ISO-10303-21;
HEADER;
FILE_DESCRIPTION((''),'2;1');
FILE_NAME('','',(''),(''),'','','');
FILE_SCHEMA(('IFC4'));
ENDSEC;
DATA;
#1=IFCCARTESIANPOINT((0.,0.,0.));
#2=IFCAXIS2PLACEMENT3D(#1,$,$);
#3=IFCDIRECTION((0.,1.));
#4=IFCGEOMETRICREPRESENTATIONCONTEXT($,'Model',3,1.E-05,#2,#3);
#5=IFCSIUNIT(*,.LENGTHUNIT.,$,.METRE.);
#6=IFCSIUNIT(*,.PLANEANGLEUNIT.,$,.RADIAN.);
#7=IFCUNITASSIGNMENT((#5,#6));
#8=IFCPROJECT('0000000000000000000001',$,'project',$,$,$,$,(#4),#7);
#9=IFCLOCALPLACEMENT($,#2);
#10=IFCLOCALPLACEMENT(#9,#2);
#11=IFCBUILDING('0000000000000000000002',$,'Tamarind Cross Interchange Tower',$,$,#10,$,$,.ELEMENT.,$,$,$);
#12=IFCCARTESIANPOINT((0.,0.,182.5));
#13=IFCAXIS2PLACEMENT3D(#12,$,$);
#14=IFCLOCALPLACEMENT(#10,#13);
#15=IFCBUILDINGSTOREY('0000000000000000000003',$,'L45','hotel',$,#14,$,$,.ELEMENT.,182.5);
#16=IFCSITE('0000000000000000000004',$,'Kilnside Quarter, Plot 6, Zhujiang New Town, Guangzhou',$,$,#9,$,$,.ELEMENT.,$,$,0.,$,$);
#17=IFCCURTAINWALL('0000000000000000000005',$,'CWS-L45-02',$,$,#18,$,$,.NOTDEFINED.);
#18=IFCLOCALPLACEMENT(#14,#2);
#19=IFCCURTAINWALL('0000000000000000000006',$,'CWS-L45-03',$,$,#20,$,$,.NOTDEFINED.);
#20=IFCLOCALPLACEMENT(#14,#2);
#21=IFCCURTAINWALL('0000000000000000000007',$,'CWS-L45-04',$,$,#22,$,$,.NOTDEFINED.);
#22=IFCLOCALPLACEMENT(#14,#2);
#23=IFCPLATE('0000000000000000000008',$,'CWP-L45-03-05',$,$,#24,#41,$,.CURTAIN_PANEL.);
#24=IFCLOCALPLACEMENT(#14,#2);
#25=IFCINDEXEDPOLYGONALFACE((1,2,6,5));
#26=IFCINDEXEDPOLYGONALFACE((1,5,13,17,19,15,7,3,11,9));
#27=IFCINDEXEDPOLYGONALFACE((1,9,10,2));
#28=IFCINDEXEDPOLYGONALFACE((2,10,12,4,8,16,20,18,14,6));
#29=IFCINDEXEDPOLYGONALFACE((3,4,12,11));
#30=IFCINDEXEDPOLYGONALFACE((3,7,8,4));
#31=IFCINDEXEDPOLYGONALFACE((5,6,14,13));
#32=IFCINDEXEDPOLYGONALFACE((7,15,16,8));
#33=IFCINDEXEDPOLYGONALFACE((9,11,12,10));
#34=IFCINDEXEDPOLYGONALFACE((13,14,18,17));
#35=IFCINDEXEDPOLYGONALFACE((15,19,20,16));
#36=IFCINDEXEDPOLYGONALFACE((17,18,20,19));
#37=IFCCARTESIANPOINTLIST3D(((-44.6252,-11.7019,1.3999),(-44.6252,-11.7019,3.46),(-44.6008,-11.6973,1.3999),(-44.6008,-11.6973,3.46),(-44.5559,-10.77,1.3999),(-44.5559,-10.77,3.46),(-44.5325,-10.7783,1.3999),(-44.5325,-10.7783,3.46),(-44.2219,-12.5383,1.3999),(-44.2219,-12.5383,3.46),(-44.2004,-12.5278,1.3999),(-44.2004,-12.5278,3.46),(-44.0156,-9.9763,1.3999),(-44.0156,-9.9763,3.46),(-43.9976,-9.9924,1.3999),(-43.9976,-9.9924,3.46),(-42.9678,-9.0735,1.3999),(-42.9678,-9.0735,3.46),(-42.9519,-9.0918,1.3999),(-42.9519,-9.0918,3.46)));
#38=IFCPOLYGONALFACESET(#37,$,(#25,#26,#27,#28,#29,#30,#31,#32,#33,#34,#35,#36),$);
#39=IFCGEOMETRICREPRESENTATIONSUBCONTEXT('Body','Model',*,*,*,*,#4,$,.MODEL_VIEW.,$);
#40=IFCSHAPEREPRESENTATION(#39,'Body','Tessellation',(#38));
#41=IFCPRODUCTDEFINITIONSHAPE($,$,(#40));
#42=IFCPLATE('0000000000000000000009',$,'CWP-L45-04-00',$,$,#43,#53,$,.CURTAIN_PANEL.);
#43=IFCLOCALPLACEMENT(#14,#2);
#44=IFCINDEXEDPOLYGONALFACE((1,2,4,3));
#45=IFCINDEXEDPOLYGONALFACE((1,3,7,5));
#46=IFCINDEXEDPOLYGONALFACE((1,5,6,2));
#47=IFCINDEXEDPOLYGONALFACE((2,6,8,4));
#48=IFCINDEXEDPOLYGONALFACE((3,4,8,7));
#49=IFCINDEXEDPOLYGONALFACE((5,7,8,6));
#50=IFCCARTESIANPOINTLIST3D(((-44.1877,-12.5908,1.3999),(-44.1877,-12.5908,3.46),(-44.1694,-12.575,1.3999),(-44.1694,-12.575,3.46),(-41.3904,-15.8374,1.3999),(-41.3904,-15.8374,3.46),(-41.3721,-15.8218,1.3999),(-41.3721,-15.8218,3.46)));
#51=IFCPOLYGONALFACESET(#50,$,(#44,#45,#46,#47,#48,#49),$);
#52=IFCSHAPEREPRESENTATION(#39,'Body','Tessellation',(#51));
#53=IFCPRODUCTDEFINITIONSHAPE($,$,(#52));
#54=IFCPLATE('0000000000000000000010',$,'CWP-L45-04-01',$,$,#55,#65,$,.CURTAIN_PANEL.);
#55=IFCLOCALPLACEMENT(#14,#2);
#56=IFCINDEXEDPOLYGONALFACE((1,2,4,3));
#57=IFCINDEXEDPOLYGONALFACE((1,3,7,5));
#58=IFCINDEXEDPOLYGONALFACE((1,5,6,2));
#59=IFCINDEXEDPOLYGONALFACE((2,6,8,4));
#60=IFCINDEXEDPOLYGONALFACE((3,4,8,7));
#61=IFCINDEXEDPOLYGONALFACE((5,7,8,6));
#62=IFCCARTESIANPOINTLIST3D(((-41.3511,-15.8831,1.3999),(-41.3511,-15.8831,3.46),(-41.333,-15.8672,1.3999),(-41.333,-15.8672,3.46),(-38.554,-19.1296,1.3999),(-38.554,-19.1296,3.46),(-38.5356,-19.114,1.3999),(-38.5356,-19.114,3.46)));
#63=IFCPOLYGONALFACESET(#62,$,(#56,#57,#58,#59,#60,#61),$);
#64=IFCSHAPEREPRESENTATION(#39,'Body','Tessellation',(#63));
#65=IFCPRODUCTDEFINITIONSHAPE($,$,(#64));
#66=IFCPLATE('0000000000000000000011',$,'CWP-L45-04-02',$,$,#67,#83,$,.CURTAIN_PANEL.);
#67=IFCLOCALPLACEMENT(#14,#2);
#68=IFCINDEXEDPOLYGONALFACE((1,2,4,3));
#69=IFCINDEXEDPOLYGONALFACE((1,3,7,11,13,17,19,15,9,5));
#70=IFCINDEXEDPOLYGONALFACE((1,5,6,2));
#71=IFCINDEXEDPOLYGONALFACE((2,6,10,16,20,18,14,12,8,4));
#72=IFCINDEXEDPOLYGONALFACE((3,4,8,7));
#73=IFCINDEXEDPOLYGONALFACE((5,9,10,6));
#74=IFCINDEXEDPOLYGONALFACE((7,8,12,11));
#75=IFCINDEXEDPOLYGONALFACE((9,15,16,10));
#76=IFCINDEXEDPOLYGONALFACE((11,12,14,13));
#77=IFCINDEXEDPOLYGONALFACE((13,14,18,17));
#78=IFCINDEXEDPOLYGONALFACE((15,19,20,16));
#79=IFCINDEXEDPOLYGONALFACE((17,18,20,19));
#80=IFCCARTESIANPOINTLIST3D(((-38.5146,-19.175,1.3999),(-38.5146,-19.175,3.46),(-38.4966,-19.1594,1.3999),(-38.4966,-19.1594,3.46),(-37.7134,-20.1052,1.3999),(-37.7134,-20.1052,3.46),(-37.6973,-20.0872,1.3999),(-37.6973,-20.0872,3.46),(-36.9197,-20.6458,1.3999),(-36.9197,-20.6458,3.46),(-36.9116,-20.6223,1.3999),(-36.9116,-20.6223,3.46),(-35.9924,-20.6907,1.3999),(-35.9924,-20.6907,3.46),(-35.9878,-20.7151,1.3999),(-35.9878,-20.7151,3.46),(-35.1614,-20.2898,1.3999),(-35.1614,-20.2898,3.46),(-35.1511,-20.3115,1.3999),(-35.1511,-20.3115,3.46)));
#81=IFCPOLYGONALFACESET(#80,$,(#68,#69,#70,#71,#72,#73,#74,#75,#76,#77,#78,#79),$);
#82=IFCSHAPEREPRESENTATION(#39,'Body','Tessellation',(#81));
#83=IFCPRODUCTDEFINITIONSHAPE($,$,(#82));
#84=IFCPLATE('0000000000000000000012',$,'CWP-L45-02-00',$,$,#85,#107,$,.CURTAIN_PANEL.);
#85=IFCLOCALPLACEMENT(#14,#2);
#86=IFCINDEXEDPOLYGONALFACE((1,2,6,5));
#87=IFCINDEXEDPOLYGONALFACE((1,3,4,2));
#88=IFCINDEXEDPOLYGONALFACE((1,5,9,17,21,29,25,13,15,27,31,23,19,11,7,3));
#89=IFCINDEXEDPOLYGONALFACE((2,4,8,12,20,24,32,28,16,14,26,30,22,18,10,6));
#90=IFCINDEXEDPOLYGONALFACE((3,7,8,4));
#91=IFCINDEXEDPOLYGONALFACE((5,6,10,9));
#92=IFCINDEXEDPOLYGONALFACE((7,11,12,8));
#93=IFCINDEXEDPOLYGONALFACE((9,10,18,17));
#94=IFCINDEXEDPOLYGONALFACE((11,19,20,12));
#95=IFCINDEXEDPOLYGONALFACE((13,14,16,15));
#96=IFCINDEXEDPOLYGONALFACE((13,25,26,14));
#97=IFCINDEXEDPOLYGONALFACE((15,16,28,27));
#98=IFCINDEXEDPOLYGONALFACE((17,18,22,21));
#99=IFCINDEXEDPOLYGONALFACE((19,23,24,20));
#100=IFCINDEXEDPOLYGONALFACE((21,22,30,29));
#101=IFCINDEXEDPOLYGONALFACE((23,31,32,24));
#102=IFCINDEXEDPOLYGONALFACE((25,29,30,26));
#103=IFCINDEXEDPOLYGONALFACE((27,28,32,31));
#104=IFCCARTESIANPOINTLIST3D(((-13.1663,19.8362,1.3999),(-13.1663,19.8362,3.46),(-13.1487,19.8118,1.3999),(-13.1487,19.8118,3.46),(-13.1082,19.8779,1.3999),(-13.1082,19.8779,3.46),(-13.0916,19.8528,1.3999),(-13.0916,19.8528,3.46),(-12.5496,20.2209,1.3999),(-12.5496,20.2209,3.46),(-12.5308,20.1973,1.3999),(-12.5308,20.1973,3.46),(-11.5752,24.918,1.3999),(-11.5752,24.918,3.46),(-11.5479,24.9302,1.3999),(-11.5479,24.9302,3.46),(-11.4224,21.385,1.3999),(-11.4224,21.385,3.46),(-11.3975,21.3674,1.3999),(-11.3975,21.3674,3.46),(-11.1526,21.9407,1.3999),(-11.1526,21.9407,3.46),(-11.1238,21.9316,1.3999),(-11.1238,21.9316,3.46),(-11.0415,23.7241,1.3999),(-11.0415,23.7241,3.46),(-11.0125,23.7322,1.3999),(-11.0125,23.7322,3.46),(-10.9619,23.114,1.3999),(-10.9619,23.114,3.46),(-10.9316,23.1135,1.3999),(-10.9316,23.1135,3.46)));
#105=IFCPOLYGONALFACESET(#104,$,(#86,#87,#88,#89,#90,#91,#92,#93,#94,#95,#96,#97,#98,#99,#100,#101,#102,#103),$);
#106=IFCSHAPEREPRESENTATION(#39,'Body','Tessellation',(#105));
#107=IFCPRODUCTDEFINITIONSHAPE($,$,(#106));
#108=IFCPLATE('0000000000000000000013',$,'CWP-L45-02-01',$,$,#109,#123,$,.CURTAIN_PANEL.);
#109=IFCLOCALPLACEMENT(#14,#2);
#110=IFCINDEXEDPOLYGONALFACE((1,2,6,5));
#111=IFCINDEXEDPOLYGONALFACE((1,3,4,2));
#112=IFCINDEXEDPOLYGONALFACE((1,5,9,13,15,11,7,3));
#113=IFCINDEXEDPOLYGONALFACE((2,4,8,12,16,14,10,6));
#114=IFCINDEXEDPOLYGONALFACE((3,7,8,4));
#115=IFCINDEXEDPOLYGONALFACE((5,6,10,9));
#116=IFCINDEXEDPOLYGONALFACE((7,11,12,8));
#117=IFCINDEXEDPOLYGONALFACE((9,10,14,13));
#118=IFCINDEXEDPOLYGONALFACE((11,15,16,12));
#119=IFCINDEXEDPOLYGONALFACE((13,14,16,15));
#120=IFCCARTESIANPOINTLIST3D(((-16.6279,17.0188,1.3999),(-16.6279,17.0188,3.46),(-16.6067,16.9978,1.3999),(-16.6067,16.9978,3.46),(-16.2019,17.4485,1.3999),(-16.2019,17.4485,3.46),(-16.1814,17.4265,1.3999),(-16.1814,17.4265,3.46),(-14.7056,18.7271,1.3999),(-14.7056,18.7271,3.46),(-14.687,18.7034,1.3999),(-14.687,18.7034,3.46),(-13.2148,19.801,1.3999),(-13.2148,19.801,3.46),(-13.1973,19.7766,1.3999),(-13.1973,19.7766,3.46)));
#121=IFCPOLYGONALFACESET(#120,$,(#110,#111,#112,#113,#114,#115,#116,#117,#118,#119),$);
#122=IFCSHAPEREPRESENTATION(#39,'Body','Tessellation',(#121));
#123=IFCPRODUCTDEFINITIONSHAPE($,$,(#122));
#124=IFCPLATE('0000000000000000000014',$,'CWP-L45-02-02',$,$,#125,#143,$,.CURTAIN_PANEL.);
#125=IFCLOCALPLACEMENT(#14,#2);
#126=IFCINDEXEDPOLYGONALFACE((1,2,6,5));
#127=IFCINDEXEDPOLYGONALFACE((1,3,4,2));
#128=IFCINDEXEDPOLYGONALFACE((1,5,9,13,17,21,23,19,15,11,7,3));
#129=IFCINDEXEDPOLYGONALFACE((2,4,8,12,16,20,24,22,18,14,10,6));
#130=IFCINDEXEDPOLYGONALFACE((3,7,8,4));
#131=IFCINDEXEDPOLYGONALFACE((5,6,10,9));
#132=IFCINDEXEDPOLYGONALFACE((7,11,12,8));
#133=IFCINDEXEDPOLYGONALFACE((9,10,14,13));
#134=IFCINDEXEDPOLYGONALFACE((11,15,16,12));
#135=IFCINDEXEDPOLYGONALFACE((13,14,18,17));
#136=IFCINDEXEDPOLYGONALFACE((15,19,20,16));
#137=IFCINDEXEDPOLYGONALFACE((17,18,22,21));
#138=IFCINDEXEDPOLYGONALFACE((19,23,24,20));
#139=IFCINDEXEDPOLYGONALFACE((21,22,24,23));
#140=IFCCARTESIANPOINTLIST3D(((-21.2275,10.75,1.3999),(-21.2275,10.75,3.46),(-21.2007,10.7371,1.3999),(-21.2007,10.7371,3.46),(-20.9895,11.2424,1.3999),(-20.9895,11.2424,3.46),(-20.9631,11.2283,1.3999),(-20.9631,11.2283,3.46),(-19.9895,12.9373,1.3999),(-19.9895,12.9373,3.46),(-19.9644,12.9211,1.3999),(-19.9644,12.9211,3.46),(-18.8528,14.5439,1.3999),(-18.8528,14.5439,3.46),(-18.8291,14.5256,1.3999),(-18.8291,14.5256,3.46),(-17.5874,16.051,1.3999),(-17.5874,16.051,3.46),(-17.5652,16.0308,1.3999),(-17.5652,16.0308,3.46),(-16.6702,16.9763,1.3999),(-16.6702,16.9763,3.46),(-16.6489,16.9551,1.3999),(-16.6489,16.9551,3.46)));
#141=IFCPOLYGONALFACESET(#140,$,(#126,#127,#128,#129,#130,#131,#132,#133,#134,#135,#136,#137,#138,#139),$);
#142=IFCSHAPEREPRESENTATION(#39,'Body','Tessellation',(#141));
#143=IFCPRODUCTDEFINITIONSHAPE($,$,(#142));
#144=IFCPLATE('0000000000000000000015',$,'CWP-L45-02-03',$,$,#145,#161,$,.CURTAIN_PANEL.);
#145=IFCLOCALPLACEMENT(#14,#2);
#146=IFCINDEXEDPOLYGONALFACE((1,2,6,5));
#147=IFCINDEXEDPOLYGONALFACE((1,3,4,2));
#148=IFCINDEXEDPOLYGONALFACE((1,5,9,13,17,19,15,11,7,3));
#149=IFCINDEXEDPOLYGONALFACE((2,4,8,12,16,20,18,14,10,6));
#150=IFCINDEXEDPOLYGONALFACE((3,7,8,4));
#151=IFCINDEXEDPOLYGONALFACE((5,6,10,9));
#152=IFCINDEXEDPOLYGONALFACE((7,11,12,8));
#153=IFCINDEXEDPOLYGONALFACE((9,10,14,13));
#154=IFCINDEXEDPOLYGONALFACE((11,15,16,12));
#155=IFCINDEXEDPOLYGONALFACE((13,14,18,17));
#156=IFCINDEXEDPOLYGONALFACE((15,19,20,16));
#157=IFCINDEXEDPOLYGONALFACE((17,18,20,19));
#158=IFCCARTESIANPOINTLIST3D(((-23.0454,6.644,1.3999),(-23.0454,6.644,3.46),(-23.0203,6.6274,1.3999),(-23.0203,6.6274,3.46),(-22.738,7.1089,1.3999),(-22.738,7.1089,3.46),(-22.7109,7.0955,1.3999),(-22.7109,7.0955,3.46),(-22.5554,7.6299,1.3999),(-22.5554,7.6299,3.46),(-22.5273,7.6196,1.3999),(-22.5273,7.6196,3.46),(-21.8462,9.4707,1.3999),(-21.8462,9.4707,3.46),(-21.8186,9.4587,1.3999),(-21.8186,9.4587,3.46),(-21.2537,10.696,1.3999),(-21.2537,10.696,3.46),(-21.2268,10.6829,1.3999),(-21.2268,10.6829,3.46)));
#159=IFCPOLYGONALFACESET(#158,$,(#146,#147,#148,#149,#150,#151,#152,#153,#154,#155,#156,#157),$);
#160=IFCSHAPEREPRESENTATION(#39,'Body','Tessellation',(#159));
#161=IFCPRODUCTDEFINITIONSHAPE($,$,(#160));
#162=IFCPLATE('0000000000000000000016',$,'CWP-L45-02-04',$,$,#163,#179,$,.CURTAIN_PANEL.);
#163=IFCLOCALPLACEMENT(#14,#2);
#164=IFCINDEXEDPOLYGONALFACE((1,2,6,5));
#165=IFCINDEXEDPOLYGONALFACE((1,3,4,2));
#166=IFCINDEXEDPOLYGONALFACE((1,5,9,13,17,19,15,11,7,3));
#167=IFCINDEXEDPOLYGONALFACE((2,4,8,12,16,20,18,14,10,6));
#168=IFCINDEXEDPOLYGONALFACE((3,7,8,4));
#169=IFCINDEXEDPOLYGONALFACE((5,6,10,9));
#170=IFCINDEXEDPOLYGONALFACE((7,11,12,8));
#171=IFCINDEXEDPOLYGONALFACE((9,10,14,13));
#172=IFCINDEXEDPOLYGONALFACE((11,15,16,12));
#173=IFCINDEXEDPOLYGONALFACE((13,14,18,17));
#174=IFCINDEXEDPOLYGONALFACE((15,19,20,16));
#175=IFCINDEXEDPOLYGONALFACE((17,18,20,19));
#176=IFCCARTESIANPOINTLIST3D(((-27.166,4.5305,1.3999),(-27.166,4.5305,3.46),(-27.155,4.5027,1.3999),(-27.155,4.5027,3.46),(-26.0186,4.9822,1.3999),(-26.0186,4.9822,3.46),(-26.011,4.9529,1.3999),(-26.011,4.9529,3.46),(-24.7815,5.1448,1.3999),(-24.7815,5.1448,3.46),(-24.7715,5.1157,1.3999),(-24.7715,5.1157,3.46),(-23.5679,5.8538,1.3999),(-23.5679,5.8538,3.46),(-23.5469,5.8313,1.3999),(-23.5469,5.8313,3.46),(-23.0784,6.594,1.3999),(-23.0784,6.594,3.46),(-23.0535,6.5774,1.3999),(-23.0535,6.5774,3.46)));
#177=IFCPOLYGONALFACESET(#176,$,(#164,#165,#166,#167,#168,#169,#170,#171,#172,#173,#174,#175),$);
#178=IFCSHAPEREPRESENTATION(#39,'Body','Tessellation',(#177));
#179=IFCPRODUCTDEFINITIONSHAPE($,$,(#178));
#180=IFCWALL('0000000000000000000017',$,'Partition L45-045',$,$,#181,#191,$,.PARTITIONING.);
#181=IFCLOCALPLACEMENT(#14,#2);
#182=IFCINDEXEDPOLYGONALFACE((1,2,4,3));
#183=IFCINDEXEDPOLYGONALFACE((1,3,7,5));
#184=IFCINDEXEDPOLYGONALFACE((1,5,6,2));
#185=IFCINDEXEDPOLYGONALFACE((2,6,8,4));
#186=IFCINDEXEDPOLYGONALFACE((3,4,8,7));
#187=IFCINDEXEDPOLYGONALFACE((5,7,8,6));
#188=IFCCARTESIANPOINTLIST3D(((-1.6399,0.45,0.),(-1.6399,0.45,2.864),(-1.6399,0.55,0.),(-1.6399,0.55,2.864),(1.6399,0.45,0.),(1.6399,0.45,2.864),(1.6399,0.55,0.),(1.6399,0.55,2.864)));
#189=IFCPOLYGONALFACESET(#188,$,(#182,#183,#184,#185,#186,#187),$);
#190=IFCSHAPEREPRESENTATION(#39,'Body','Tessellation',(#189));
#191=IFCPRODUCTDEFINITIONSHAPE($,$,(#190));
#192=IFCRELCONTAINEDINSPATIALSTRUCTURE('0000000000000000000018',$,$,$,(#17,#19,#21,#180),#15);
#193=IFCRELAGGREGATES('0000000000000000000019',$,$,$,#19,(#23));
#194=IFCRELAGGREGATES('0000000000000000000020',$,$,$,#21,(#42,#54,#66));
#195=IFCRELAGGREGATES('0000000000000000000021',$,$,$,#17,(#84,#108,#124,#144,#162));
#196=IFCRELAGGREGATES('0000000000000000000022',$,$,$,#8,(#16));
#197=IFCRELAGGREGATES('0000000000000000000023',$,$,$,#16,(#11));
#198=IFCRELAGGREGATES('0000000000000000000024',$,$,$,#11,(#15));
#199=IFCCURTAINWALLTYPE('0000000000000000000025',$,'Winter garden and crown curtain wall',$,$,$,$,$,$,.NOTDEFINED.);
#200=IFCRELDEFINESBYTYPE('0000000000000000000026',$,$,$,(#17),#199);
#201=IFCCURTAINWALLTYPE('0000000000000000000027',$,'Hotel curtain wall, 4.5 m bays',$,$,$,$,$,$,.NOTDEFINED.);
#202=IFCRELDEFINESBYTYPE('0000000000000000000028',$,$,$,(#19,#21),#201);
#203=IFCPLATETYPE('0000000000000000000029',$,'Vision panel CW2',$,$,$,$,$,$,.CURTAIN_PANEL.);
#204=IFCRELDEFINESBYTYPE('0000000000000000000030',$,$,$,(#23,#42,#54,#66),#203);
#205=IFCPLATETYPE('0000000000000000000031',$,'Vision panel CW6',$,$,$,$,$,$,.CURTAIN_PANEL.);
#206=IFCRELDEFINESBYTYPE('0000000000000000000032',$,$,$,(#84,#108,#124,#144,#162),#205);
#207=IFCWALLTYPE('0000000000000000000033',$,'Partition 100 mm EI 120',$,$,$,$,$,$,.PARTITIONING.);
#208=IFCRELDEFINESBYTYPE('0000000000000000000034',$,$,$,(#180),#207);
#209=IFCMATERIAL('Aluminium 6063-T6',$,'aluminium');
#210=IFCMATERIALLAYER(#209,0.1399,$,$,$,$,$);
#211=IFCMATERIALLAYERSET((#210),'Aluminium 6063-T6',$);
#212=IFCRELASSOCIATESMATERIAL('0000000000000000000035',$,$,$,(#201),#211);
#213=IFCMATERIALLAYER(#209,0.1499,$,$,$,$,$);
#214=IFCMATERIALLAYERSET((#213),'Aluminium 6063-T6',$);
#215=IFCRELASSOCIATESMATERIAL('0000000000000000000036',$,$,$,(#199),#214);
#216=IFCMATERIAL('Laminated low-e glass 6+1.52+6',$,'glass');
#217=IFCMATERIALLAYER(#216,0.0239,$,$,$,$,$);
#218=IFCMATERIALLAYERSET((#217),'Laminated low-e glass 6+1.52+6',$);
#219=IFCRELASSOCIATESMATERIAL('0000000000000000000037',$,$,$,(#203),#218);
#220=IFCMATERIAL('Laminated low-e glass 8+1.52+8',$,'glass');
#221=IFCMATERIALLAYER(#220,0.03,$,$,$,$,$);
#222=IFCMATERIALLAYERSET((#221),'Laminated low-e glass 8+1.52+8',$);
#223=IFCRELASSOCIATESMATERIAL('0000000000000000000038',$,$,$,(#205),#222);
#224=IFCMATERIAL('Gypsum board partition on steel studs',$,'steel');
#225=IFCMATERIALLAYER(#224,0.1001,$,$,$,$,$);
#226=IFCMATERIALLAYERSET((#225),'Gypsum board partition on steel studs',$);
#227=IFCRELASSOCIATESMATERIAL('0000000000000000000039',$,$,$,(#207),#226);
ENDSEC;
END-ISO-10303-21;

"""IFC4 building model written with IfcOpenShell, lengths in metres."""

from ifc_helpers import new_model, si_unit, direction, frame, frame_2d, origin, place, context, subcontext, project, spatial, polyline, rectangle, outline, extrude, material, layer, layer_set, type_object, element, aggregate, save


model = new_model("IFC4")

# Units and contexts
model_context = context("Model", 3, precision=1e-05, world=origin(), true_north=direction((0.0, 1.0)))
body_context = subcontext(model_context, "Body", "Model", "MODEL_VIEW")
ifc_project = project(units=[si_unit("LENGTHUNIT", "METRE"), si_unit("PLANEANGLEUNIT", "RADIAN")], contexts=[model_context])

# Site, building, storey
site_placement = place(None, origin())
site = spatial("IfcSite", under=ifc_project, at=site_placement, Name="Kilnside Quarter, Plot 6, Zhujiang New Town, Guangzhou", CompositionType="ELEMENT", RefElevation=0.0)
building_placement = place(site_placement, origin())
building = spatial("IfcBuilding", under=site, at=building_placement, Name="Tamarind Cross Interchange Tower", CompositionType="ELEMENT")
storey_placement = place(building_placement, frame((0.0, 0.0, 182.5)))
storey = spatial("IfcBuildingStorey", under=building, at=storey_placement, Name="L45", Description="hotel", CompositionType="ELEMENT", Elevation=182.5)

# Curtain walls
ifc_material_1 = material(Name="Aluminium 6063-T6", Category="aluminium")
ifc_layer_1 = layer(ifc_material_1, 0.1399)
ifc_layer_set_1 = layer_set([ifc_layer_1], Name="Aluminium 6063-T6")
curtain_wall_type_1 = type_object("IfcCurtainWallType", Name="Hotel curtain wall, 4.5 m bays", PredefinedType="NOTDEFINED", material=ifc_layer_set_1)
ifc_layer_2 = layer(ifc_material_1, 0.1499)
ifc_layer_set_2 = layer_set([ifc_layer_2], Name="Aluminium 6063-T6")
curtain_wall_type_2 = type_object("IfcCurtainWallType", Name="Winter garden and crown curtain wall", PredefinedType="NOTDEFINED", material=ifc_layer_set_2)
curtain_wall_1_placement = place(storey_placement, origin())
curtain_wall_1 = element("IfcCurtainWall", 1, at=curtain_wall_1_placement, inside=storey, type_object=curtain_wall_type_2, Name="CWS-L45-02", PredefinedType="NOTDEFINED")
curtain_wall_2_placement = place(storey_placement, origin())
curtain_wall_2 = element("IfcCurtainWall", 2, at=curtain_wall_2_placement, inside=storey, type_object=curtain_wall_type_1, Name="CWS-L45-03", PredefinedType="NOTDEFINED")
curtain_wall_3_placement = place(storey_placement, origin())
curtain_wall_3 = element("IfcCurtainWall", 3, at=curtain_wall_3_placement, inside=storey, type_object=curtain_wall_type_1, Name="CWS-L45-04", PredefinedType="NOTDEFINED")

# Plates
ifc_material_2 = material(Name="Laminated low-e glass 6+1.52+6", Category="glass")
ifc_layer_3 = layer(ifc_material_2, 0.0239)
ifc_layer_set_3 = layer_set([ifc_layer_3], Name="Laminated low-e glass 6+1.52+6")
plate_type_1 = type_object("IfcPlateType", Name="Vision panel CW2", PredefinedType="CURTAIN_PANEL", material=ifc_layer_set_3)
plate_1_placement = place(storey_placement, frame((0.0, 0.0, 1.3999)))
plate_1 = element("IfcPlate", 4, at=plate_1_placement, type_object=plate_type_1, Name="CWP-L45-03-05", PredefinedType="CURTAIN_PANEL", context=body_context, shape_type="SweptSolid", body=[
    extrude(outline(polyline([(-42.9519, -9.0918), (-43.9976, -9.9924), (-44.5325, -10.7783), (-44.6008, -11.6973), (-44.2004, -12.5278), (-44.2219, -12.5383), (-44.6252, -11.7019), (-44.5559, -10.77), (-44.0156, -9.9763), (-42.9678, -9.0735), (-42.9519, -9.0918)])), origin(), (0.0, 0.0, 1.0), 2.0601),
])
aggregate(curtain_wall_2, [plate_1])
plate_2_placement = place(storey_placement, frame((0.0, 0.0, 1.3999)))
plate_2 = element("IfcPlate", 5, at=plate_2_placement, type_object=plate_type_1, Name="CWP-L45-04-00", PredefinedType="CURTAIN_PANEL", context=body_context, shape_type="SweptSolid", body=[
    extrude(outline(polyline([(-44.1694, -12.575), (-41.3721, -15.8218), (-41.3904, -15.8374), (-44.1877, -12.5908), (-44.1694, -12.575)])), origin(), (0.0, 0.0, 1.0), 2.0601),
])
plate_3_placement = place(storey_placement, frame((0.0, 0.0, 1.3999)))
plate_3 = element("IfcPlate", 6, at=plate_3_placement, type_object=plate_type_1, Name="CWP-L45-04-01", PredefinedType="CURTAIN_PANEL", context=body_context, shape_type="SweptSolid", body=[
    extrude(outline(polyline([(-41.333, -15.8672), (-38.5356, -19.114), (-38.554, -19.1296), (-41.3511, -15.8831), (-41.333, -15.8672)])), origin(), (0.0, 0.0, 1.0), 2.0601),
])
plate_4_placement = place(storey_placement, frame((0.0, 0.0, 1.3999)))
plate_4 = element("IfcPlate", 7, at=plate_4_placement, type_object=plate_type_1, Name="CWP-L45-04-02", PredefinedType="CURTAIN_PANEL", context=body_context, shape_type="SweptSolid", body=[
    extrude(outline(polyline([(-38.4966, -19.1594), (-37.6973, -20.0872), (-36.9116, -20.6223), (-35.9924, -20.6907), (-35.1614, -20.2898), (-35.1511, -20.3115), (-35.9878, -20.7151), (-36.9197, -20.6458), (-37.7134, -20.1052), (-38.5146, -19.175), (-38.4966, -19.1594)])), origin(), (0.0, 0.0, 1.0), 2.0601),
])
aggregate(curtain_wall_3, [plate_2, plate_3, plate_4])
ifc_material_3 = material(Name="Laminated low-e glass 8+1.52+8", Category="glass")
ifc_layer_4 = layer(ifc_material_3, 0.03)
ifc_layer_set_4 = layer_set([ifc_layer_4], Name="Laminated low-e glass 8+1.52+8")
plate_type_2 = type_object("IfcPlateType", Name="Vision panel CW6", PredefinedType="CURTAIN_PANEL", material=ifc_layer_set_4)
plate_5_placement = place(storey_placement, frame((0.0, 0.0, 1.3999)))
plate_5 = element("IfcPlate", 8, at=plate_5_placement, type_object=plate_type_2, Name="CWP-L45-02-00", PredefinedType="CURTAIN_PANEL", context=body_context, shape_type="SweptSolid", body=[
    extrude(outline(polyline([(-11.5479, 24.9302), (-11.0125, 23.7322), (-10.9316, 23.1135), (-11.1238, 21.9316), (-11.3975, 21.3674), (-12.5308, 20.1973), (-13.0916, 19.8528), (-13.1487, 19.8118), (-13.1663, 19.8362), (-13.1082, 19.8779), (-12.5496, 20.2209), (-11.4224, 21.385), (-11.1526, 21.9407), (-10.9619, 23.114), (-11.0415, 23.7241), (-11.5752, 24.918), (-11.5479, 24.9302)])), origin(), (0.0, 0.0, 1.0), 2.0601),
])
plate_6_placement = place(storey_placement, frame((0.0, 0.0, 1.3999)))
plate_6 = element("IfcPlate", 9, at=plate_6_placement, type_object=plate_type_2, Name="CWP-L45-02-01", PredefinedType="CURTAIN_PANEL", context=body_context, shape_type="SweptSolid", body=[
    extrude(outline(polyline([(-13.1973, 19.7766), (-14.687, 18.7034), (-16.1814, 17.4265), (-16.6067, 16.9978), (-16.6279, 17.0188), (-16.2019, 17.4485), (-14.7056, 18.7271), (-13.2148, 19.801), (-13.1973, 19.7766)])), origin(), (0.0, 0.0, 1.0), 2.0601),
])
plate_7_placement = place(storey_placement, frame((0.0, 0.0, 1.3999)))
plate_7 = element("IfcPlate", 10, at=plate_7_placement, type_object=plate_type_2, Name="CWP-L45-02-02", PredefinedType="CURTAIN_PANEL", context=body_context, shape_type="SweptSolid", body=[
    extrude(outline(polyline([(-16.6489, 16.9551), (-17.5652, 16.0308), (-18.8291, 14.5256), (-19.9644, 12.9211), (-20.9631, 11.2283), (-21.2007, 10.7371), (-21.2275, 10.75), (-20.9895, 11.2424), (-19.9895, 12.9373), (-18.8528, 14.5439), (-17.5874, 16.051), (-16.6702, 16.9763), (-16.6489, 16.9551)])), origin(), (0.0, 0.0, 1.0), 2.0601),
])
plate_8_placement = place(storey_placement, frame((0.0, 0.0, 1.3999)))
plate_8 = element("IfcPlate", 11, at=plate_8_placement, type_object=plate_type_2, Name="CWP-L45-02-03", PredefinedType="CURTAIN_PANEL", context=body_context, shape_type="SweptSolid", body=[
    extrude(outline(polyline([(-21.2268, 10.6829), (-21.8186, 9.4587), (-22.5273, 7.6196), (-22.7109, 7.0955), (-23.0203, 6.6274), (-23.0454, 6.644), (-22.738, 7.1089), (-22.5554, 7.6299), (-21.8462, 9.4707), (-21.2537, 10.696), (-21.2268, 10.6829)])), origin(), (0.0, 0.0, 1.0), 2.0601),
])
plate_9_placement = place(storey_placement, frame((0.0, 0.0, 1.3999)))
plate_9 = element("IfcPlate", 12, at=plate_9_placement, type_object=plate_type_2, Name="CWP-L45-02-04", PredefinedType="CURTAIN_PANEL", context=body_context, shape_type="SweptSolid", body=[
    extrude(outline(polyline([(-23.0535, 6.5774), (-23.5469, 5.8313), (-24.7715, 5.1157), (-26.011, 4.9529), (-27.155, 4.5027), (-27.166, 4.5305), (-26.0186, 4.9822), (-24.7815, 5.1448), (-23.5679, 5.8538), (-23.0784, 6.594), (-23.0535, 6.5774)])), origin(), (0.0, 0.0, 1.0), 2.0601),
])
aggregate(curtain_wall_1, [plate_5, plate_6, plate_7, plate_8, plate_9])

# Wall
ifc_material_4 = material(Name="Gypsum board partition on steel studs", Category="steel")
ifc_layer_5 = layer(ifc_material_4, 0.1001)
ifc_layer_set_5 = layer_set([ifc_layer_5], Name="Gypsum board partition on steel studs")
wall_type_1 = type_object("IfcWallType", Name="Partition 100 mm EI 120", PredefinedType="PARTITIONING", material=ifc_layer_set_5)
wall_1_placement = place(storey_placement, frame((-1.6399, 0.5, 0.0), z_axis=(0.0, 0.0, 1.0), x_axis=(1.0, 0.0, 0.0)))
element("IfcWall", 13, at=wall_1_placement, inside=storey, type_object=wall_type_1, Name="Partition L45-045", PredefinedType="PARTITIONING", context=body_context, shape_type="SweptSolid", body=[
    extrude(rectangle(XDim=3.2798, YDim=0.1001, at=frame_2d((1.6399, 0.0))), origin(), (0.0, 0.0, 1.0), 2.864),
])

save(model, "model.ifc")
